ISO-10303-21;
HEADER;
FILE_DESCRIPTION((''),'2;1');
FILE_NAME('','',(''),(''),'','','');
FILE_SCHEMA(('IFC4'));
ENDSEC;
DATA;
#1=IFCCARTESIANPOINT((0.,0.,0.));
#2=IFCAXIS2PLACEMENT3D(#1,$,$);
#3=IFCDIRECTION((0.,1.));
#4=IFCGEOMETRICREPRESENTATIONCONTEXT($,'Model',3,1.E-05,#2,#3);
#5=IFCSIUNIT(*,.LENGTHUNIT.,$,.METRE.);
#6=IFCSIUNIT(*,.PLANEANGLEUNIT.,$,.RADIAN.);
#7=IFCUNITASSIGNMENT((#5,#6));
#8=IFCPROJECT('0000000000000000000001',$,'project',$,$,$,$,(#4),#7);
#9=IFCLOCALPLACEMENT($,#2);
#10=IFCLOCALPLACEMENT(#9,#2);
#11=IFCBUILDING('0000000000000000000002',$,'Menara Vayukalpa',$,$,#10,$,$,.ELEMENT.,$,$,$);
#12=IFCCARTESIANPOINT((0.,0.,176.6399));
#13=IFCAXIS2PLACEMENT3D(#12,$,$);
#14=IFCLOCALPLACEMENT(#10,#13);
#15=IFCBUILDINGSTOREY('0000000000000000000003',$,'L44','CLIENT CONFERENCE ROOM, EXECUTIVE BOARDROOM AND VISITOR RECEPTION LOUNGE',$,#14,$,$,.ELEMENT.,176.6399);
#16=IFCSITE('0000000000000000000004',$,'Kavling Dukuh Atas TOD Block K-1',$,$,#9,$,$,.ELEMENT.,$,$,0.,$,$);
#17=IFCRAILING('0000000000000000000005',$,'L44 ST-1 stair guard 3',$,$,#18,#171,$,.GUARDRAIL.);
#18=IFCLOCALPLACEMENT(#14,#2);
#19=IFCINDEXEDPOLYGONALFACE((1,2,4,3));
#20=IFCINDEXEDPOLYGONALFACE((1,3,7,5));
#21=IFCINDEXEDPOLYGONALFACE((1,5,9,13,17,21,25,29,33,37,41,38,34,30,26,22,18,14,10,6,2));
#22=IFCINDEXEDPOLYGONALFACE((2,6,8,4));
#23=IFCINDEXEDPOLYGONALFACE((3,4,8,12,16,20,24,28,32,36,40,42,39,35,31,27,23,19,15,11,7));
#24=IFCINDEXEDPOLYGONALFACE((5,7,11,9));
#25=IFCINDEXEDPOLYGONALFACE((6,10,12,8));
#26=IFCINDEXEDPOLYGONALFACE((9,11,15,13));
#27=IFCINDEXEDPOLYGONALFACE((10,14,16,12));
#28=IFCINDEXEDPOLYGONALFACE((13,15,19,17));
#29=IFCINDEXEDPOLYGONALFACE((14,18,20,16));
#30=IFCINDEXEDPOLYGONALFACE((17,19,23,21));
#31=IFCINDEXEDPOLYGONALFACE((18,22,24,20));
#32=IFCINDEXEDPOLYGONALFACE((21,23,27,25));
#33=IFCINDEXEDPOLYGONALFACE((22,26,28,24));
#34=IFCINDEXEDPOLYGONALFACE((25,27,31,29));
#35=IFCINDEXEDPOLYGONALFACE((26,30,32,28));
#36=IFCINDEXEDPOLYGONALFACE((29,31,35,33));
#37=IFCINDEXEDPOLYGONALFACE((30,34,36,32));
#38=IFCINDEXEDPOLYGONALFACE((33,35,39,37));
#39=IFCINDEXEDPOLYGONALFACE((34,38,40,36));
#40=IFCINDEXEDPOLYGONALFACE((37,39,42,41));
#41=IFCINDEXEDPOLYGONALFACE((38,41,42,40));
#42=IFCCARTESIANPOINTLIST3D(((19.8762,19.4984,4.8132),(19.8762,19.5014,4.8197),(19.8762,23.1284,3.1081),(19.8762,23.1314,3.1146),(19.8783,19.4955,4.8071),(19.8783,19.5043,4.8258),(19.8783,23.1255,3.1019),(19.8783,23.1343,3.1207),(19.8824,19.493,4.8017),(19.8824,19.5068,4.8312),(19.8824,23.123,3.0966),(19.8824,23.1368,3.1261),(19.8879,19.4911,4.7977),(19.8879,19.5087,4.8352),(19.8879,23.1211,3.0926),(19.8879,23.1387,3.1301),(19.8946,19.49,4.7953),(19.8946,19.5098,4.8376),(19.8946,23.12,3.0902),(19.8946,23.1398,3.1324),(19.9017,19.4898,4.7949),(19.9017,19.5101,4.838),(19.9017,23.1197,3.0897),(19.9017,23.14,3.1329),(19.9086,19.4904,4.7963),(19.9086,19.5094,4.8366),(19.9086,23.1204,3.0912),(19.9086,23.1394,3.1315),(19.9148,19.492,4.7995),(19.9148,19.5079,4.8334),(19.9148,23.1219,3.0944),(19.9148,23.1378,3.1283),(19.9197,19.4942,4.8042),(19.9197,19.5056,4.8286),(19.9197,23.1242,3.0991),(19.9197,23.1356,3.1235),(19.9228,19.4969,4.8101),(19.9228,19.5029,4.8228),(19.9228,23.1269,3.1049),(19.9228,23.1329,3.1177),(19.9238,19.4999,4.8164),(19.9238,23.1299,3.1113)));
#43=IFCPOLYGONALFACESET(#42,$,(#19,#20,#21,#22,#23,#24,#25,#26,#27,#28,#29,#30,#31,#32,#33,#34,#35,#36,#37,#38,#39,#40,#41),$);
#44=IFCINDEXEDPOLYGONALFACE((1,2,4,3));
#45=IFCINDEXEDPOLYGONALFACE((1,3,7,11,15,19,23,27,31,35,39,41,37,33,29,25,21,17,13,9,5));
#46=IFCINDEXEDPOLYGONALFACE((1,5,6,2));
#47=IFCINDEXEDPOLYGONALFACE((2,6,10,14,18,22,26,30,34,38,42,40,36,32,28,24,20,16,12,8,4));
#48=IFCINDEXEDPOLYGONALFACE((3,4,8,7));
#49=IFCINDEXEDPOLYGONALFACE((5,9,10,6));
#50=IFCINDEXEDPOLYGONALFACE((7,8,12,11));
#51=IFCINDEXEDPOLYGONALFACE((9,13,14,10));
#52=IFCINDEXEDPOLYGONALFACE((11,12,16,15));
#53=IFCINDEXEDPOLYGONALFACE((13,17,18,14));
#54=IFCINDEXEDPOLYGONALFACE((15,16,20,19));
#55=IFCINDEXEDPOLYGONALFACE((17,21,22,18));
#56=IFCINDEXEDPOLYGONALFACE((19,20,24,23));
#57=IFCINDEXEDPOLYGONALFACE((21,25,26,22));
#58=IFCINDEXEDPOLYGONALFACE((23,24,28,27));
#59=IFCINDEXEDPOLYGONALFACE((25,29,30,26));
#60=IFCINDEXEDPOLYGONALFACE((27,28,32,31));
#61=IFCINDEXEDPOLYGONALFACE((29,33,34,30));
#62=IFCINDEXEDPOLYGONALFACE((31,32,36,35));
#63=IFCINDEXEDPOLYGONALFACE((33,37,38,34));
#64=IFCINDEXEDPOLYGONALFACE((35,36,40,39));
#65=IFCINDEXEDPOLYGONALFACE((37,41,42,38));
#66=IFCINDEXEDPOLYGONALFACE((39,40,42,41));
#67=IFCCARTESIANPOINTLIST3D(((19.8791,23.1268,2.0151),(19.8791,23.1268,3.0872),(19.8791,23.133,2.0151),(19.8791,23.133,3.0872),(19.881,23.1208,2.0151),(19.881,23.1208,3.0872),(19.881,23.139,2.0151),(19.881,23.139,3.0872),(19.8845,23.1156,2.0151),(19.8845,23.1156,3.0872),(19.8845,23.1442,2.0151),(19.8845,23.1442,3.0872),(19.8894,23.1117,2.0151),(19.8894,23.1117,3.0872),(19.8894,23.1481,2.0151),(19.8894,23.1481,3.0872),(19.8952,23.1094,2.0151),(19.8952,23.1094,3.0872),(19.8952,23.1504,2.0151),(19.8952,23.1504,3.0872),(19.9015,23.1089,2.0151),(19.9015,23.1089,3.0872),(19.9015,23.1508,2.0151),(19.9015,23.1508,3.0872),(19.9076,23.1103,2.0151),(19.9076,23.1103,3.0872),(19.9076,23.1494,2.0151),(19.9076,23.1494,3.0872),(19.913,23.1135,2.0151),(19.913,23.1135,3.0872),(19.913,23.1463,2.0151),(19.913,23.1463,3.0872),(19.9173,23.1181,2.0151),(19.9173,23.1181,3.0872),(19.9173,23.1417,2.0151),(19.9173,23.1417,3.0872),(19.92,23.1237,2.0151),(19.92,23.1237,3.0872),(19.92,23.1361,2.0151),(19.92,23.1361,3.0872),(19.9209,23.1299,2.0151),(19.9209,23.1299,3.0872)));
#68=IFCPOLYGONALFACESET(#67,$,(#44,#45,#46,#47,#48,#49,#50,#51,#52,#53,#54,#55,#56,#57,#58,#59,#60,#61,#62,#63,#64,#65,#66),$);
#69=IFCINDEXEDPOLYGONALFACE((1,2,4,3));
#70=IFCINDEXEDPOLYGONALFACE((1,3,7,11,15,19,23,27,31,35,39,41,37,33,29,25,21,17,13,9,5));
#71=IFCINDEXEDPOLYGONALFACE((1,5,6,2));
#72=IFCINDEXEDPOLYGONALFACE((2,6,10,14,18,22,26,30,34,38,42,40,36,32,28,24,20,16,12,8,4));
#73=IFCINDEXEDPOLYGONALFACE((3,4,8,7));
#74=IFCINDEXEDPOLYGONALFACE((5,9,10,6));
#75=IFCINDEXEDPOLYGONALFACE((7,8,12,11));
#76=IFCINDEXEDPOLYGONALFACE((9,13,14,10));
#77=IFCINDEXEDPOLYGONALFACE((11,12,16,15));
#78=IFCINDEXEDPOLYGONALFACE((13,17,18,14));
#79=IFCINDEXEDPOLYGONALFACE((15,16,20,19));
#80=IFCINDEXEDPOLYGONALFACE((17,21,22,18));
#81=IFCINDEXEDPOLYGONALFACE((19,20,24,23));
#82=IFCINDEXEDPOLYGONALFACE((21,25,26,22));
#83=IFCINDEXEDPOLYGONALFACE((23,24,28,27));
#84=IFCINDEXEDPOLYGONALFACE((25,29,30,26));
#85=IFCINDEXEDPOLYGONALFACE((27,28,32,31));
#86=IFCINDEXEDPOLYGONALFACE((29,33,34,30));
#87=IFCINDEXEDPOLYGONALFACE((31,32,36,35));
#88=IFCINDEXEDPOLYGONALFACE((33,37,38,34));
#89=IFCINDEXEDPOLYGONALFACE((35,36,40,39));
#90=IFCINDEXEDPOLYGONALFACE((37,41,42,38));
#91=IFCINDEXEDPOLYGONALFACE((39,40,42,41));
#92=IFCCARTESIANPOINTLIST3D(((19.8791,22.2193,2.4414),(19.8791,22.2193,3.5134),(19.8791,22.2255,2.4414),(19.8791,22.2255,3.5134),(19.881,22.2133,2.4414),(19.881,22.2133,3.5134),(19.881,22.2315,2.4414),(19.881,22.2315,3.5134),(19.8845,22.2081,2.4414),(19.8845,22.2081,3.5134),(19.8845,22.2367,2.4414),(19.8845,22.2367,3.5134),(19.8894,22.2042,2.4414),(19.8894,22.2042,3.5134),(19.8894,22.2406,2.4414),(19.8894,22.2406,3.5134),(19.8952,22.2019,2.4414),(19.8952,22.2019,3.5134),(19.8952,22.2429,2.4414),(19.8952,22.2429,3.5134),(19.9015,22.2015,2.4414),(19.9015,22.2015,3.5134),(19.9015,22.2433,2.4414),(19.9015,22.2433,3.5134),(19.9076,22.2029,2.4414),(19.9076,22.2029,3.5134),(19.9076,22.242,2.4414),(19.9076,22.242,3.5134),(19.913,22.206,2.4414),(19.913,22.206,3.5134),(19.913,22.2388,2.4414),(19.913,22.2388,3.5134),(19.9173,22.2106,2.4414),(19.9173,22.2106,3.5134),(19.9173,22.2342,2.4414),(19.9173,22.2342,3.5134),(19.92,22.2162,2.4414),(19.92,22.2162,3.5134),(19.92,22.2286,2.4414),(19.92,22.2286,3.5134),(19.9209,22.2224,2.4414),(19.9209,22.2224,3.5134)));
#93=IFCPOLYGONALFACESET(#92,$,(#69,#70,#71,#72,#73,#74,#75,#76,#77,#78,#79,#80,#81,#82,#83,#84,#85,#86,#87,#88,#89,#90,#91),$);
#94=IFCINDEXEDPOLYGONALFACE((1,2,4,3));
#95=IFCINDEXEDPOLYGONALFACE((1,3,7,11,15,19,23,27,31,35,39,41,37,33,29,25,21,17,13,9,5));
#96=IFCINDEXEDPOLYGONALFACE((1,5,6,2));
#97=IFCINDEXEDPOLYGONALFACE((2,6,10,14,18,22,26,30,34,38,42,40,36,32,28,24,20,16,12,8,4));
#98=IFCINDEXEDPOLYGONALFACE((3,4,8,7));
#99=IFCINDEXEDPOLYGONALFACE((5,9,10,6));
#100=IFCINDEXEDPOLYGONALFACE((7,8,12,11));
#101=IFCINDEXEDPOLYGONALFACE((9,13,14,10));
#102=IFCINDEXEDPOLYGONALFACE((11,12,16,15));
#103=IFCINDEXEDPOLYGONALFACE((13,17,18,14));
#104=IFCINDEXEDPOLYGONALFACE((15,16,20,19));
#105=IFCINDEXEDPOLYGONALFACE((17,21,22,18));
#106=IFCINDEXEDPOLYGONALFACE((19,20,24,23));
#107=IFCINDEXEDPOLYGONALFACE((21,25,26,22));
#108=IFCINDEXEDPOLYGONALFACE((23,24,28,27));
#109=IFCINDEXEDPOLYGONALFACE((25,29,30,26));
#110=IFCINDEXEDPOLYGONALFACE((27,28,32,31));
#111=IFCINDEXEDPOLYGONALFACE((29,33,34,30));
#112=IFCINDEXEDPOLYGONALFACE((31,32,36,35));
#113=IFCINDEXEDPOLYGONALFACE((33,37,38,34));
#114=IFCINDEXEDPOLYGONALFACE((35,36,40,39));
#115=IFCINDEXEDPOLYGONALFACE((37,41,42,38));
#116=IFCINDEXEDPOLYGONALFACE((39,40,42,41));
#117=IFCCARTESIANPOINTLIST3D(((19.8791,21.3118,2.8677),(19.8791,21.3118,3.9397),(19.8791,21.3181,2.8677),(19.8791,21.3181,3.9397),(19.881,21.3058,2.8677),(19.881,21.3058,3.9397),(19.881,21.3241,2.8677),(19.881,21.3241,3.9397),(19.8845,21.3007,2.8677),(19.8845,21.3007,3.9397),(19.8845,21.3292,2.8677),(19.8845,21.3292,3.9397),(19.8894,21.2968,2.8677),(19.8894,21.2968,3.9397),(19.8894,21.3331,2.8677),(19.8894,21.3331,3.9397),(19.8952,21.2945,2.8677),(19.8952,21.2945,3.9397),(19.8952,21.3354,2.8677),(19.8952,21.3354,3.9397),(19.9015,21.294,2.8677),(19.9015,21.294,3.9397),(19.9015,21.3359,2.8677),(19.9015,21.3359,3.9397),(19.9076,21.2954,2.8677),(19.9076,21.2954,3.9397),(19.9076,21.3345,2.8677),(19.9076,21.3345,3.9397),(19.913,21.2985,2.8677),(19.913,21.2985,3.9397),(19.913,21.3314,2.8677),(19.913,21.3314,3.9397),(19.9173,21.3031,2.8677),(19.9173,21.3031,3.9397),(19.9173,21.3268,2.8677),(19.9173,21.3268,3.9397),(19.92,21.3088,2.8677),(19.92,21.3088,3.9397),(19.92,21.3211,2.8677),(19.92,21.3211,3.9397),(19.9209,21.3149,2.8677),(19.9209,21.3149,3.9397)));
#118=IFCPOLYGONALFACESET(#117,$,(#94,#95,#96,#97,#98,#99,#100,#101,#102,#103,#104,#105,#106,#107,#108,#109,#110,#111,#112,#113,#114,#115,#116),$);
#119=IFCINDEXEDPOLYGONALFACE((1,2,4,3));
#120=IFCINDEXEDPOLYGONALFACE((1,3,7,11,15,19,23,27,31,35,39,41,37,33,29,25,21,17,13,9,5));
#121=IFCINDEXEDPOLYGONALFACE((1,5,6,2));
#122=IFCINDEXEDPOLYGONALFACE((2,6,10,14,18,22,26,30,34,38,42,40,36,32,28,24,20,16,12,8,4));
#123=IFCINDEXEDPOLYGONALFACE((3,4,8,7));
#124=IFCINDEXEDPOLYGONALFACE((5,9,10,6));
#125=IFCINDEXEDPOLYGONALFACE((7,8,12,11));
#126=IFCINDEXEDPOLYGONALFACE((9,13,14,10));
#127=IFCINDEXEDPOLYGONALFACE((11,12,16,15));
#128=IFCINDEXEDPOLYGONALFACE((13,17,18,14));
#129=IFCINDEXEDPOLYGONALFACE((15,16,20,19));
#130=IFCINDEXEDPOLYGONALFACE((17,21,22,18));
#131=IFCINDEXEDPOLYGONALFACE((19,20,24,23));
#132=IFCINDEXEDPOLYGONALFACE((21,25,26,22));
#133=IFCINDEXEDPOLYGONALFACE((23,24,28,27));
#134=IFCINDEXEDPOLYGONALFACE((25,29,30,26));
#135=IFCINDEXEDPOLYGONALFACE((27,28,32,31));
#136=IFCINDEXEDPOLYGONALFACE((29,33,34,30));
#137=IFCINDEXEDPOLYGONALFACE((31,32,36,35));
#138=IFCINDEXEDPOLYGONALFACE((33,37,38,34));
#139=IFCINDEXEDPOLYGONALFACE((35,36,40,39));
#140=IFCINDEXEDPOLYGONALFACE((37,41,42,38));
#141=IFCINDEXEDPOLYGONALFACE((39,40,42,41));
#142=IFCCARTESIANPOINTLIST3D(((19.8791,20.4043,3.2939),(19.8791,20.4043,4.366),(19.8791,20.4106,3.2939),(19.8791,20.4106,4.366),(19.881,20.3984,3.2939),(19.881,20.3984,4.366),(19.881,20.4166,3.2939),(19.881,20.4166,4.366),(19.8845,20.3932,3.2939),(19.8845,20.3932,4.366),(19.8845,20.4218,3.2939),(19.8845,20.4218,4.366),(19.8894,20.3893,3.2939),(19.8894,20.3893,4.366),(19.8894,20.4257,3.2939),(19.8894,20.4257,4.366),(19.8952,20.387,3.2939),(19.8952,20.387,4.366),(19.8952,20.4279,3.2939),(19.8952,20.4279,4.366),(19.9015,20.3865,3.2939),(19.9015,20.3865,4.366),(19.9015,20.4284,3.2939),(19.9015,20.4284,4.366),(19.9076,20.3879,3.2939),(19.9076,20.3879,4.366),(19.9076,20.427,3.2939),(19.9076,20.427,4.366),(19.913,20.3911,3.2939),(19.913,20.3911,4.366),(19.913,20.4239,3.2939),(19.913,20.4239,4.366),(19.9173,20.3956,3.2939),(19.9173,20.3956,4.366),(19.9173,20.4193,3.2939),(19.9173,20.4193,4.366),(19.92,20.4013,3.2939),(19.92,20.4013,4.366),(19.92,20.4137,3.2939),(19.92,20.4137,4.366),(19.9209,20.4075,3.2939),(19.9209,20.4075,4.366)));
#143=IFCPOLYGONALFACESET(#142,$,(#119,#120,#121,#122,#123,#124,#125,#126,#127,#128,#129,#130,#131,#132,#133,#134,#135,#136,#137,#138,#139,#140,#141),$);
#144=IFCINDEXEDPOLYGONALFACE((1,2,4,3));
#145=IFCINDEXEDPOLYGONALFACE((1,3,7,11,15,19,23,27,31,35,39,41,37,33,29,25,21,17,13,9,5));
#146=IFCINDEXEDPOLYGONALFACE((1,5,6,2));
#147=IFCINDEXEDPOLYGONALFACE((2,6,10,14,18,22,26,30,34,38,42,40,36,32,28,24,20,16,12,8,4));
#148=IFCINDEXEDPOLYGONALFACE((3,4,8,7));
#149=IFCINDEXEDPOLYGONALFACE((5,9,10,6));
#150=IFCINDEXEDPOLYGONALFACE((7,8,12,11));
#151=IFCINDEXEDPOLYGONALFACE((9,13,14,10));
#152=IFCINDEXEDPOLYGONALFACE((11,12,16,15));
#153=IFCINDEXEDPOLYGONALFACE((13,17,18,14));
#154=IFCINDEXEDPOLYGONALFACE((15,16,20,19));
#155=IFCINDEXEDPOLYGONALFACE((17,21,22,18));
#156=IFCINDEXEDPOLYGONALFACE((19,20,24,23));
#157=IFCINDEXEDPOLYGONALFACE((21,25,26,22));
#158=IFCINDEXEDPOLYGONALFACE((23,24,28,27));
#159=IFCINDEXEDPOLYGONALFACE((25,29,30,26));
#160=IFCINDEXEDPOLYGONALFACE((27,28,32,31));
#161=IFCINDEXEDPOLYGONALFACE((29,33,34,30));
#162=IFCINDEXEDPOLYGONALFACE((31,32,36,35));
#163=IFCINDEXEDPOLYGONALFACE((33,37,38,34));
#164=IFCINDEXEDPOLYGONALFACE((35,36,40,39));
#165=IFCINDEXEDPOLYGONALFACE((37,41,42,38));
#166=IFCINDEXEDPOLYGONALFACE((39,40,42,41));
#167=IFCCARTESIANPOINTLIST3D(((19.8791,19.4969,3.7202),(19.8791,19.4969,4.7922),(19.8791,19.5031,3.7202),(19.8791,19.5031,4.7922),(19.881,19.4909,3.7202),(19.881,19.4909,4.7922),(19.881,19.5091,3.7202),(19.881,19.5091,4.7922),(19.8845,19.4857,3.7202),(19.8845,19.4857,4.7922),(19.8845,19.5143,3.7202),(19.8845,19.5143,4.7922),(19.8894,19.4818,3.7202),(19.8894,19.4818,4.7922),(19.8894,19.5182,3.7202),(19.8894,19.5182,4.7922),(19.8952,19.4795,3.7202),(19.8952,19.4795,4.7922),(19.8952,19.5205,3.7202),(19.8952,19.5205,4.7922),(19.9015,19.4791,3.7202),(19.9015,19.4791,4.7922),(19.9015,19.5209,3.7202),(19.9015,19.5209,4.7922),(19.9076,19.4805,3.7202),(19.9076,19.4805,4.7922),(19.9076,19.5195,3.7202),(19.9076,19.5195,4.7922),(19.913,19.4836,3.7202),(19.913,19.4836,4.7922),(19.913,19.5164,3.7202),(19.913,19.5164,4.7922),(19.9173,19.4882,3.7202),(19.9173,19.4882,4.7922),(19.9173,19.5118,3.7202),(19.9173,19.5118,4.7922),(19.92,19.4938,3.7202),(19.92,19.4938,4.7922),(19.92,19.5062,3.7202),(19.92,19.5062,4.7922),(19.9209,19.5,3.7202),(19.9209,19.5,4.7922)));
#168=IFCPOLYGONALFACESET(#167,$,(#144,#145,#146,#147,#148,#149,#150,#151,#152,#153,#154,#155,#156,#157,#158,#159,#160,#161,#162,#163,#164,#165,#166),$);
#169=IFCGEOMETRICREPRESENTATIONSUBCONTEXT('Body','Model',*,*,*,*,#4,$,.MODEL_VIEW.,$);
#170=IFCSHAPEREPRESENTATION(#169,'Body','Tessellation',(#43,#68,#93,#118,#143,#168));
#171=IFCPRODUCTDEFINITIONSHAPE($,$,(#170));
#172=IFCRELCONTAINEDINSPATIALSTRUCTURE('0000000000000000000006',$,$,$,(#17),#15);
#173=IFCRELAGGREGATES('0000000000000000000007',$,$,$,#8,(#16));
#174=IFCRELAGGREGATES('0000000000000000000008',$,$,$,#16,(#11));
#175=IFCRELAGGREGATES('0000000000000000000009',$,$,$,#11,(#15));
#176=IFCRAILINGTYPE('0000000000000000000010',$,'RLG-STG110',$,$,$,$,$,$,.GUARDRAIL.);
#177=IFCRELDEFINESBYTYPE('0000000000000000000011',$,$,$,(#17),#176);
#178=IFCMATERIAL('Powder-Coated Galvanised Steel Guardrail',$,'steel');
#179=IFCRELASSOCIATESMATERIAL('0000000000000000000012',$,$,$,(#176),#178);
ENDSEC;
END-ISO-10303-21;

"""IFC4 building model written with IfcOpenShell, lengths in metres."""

from ifc_helpers import new_model, si_unit, direction, frame, origin, origin_2d, place, context, subcontext, project, spatial, circle, extrude, material, type_object, element, save


model = new_model("IFC4")

# Units and contexts
model_context = context("Model", 3, precision=1e-05, world=origin(), true_north=direction((0.0, 1.0)))
body_context = subcontext(model_context, "Body", "Model", "MODEL_VIEW")
ifc_project = project(units=[si_unit("LENGTHUNIT", "METRE"), si_unit("PLANEANGLEUNIT", "RADIAN")], contexts=[model_context])

# Site, building, storey
site_placement = place(None, origin())
site = spatial("IfcSite", under=ifc_project, at=site_placement, Name="Kavling Dukuh Atas TOD Block K-1", CompositionType="ELEMENT", RefElevation=0.0)
building_placement = place(site_placement, origin())
building = spatial("IfcBuilding", under=site, at=building_placement, Name="Menara Vayukalpa", CompositionType="ELEMENT")
storey_placement = place(building_placement, frame((0.0, 0.0, 176.6399)))
storey = spatial("IfcBuildingStorey", under=building, at=storey_placement, Name="L44", Description="CLIENT CONFERENCE ROOM, EXECUTIVE BOARDROOM AND VISITOR RECEPTION LOUNGE", CompositionType="ELEMENT", Elevation=176.6399)

# Railing
ifc_material_1 = material(Name="Powder-Coated Galvanised Steel Guardrail", Category="steel")
railing_type_1 = type_object("IfcRailingType", Name="RLG-STG110", PredefinedType="GUARDRAIL", material=ifc_material_1)
railing_1_placement = place(storey_placement, frame((19.8999, 23.1299, 2.0151)))
element("IfcRailing", 1, at=railing_1_placement, inside=storey, type_object=railing_type_1, Name="L44 ST-1 stair guard 3", PredefinedType="GUARDRAIL", context=body_context, shape_type="SweptSolid", body=[
    extrude(circle(Radius=0.0239, at=origin_2d()), frame((0.0, 0.0, 1.0962), z_axis=(0.0, -0.905116, 0.425164), x_axis=(1.0, 0.0, 0.0)), (0.0, 0.0, 1.0), 4.0105),
    extrude(circle(Radius=0.021, at=origin_2d()), origin(), (0.0, 0.0, 1.0), 1.072),
    extrude(circle(Radius=0.021, at=origin_2d()), frame((0.0, -0.9075, 0.4263)), (0.0, 0.0, 1.0), 1.072),
    extrude(circle(Radius=0.021, at=origin_2d()), frame((0.0, -1.8149, 0.8525)), (0.0, 0.0, 1.0), 1.072),
    extrude(circle(Radius=0.021, at=origin_2d()), frame((0.0, -2.7224, 1.2788)), (0.0, 0.0, 1.0), 1.072),
    extrude(circle(Radius=0.021, at=origin_2d()), frame((0.0, -3.6299, 1.7051)), (0.0, 0.0, 1.0), 1.072),
])

save(model, "model.ifc")
